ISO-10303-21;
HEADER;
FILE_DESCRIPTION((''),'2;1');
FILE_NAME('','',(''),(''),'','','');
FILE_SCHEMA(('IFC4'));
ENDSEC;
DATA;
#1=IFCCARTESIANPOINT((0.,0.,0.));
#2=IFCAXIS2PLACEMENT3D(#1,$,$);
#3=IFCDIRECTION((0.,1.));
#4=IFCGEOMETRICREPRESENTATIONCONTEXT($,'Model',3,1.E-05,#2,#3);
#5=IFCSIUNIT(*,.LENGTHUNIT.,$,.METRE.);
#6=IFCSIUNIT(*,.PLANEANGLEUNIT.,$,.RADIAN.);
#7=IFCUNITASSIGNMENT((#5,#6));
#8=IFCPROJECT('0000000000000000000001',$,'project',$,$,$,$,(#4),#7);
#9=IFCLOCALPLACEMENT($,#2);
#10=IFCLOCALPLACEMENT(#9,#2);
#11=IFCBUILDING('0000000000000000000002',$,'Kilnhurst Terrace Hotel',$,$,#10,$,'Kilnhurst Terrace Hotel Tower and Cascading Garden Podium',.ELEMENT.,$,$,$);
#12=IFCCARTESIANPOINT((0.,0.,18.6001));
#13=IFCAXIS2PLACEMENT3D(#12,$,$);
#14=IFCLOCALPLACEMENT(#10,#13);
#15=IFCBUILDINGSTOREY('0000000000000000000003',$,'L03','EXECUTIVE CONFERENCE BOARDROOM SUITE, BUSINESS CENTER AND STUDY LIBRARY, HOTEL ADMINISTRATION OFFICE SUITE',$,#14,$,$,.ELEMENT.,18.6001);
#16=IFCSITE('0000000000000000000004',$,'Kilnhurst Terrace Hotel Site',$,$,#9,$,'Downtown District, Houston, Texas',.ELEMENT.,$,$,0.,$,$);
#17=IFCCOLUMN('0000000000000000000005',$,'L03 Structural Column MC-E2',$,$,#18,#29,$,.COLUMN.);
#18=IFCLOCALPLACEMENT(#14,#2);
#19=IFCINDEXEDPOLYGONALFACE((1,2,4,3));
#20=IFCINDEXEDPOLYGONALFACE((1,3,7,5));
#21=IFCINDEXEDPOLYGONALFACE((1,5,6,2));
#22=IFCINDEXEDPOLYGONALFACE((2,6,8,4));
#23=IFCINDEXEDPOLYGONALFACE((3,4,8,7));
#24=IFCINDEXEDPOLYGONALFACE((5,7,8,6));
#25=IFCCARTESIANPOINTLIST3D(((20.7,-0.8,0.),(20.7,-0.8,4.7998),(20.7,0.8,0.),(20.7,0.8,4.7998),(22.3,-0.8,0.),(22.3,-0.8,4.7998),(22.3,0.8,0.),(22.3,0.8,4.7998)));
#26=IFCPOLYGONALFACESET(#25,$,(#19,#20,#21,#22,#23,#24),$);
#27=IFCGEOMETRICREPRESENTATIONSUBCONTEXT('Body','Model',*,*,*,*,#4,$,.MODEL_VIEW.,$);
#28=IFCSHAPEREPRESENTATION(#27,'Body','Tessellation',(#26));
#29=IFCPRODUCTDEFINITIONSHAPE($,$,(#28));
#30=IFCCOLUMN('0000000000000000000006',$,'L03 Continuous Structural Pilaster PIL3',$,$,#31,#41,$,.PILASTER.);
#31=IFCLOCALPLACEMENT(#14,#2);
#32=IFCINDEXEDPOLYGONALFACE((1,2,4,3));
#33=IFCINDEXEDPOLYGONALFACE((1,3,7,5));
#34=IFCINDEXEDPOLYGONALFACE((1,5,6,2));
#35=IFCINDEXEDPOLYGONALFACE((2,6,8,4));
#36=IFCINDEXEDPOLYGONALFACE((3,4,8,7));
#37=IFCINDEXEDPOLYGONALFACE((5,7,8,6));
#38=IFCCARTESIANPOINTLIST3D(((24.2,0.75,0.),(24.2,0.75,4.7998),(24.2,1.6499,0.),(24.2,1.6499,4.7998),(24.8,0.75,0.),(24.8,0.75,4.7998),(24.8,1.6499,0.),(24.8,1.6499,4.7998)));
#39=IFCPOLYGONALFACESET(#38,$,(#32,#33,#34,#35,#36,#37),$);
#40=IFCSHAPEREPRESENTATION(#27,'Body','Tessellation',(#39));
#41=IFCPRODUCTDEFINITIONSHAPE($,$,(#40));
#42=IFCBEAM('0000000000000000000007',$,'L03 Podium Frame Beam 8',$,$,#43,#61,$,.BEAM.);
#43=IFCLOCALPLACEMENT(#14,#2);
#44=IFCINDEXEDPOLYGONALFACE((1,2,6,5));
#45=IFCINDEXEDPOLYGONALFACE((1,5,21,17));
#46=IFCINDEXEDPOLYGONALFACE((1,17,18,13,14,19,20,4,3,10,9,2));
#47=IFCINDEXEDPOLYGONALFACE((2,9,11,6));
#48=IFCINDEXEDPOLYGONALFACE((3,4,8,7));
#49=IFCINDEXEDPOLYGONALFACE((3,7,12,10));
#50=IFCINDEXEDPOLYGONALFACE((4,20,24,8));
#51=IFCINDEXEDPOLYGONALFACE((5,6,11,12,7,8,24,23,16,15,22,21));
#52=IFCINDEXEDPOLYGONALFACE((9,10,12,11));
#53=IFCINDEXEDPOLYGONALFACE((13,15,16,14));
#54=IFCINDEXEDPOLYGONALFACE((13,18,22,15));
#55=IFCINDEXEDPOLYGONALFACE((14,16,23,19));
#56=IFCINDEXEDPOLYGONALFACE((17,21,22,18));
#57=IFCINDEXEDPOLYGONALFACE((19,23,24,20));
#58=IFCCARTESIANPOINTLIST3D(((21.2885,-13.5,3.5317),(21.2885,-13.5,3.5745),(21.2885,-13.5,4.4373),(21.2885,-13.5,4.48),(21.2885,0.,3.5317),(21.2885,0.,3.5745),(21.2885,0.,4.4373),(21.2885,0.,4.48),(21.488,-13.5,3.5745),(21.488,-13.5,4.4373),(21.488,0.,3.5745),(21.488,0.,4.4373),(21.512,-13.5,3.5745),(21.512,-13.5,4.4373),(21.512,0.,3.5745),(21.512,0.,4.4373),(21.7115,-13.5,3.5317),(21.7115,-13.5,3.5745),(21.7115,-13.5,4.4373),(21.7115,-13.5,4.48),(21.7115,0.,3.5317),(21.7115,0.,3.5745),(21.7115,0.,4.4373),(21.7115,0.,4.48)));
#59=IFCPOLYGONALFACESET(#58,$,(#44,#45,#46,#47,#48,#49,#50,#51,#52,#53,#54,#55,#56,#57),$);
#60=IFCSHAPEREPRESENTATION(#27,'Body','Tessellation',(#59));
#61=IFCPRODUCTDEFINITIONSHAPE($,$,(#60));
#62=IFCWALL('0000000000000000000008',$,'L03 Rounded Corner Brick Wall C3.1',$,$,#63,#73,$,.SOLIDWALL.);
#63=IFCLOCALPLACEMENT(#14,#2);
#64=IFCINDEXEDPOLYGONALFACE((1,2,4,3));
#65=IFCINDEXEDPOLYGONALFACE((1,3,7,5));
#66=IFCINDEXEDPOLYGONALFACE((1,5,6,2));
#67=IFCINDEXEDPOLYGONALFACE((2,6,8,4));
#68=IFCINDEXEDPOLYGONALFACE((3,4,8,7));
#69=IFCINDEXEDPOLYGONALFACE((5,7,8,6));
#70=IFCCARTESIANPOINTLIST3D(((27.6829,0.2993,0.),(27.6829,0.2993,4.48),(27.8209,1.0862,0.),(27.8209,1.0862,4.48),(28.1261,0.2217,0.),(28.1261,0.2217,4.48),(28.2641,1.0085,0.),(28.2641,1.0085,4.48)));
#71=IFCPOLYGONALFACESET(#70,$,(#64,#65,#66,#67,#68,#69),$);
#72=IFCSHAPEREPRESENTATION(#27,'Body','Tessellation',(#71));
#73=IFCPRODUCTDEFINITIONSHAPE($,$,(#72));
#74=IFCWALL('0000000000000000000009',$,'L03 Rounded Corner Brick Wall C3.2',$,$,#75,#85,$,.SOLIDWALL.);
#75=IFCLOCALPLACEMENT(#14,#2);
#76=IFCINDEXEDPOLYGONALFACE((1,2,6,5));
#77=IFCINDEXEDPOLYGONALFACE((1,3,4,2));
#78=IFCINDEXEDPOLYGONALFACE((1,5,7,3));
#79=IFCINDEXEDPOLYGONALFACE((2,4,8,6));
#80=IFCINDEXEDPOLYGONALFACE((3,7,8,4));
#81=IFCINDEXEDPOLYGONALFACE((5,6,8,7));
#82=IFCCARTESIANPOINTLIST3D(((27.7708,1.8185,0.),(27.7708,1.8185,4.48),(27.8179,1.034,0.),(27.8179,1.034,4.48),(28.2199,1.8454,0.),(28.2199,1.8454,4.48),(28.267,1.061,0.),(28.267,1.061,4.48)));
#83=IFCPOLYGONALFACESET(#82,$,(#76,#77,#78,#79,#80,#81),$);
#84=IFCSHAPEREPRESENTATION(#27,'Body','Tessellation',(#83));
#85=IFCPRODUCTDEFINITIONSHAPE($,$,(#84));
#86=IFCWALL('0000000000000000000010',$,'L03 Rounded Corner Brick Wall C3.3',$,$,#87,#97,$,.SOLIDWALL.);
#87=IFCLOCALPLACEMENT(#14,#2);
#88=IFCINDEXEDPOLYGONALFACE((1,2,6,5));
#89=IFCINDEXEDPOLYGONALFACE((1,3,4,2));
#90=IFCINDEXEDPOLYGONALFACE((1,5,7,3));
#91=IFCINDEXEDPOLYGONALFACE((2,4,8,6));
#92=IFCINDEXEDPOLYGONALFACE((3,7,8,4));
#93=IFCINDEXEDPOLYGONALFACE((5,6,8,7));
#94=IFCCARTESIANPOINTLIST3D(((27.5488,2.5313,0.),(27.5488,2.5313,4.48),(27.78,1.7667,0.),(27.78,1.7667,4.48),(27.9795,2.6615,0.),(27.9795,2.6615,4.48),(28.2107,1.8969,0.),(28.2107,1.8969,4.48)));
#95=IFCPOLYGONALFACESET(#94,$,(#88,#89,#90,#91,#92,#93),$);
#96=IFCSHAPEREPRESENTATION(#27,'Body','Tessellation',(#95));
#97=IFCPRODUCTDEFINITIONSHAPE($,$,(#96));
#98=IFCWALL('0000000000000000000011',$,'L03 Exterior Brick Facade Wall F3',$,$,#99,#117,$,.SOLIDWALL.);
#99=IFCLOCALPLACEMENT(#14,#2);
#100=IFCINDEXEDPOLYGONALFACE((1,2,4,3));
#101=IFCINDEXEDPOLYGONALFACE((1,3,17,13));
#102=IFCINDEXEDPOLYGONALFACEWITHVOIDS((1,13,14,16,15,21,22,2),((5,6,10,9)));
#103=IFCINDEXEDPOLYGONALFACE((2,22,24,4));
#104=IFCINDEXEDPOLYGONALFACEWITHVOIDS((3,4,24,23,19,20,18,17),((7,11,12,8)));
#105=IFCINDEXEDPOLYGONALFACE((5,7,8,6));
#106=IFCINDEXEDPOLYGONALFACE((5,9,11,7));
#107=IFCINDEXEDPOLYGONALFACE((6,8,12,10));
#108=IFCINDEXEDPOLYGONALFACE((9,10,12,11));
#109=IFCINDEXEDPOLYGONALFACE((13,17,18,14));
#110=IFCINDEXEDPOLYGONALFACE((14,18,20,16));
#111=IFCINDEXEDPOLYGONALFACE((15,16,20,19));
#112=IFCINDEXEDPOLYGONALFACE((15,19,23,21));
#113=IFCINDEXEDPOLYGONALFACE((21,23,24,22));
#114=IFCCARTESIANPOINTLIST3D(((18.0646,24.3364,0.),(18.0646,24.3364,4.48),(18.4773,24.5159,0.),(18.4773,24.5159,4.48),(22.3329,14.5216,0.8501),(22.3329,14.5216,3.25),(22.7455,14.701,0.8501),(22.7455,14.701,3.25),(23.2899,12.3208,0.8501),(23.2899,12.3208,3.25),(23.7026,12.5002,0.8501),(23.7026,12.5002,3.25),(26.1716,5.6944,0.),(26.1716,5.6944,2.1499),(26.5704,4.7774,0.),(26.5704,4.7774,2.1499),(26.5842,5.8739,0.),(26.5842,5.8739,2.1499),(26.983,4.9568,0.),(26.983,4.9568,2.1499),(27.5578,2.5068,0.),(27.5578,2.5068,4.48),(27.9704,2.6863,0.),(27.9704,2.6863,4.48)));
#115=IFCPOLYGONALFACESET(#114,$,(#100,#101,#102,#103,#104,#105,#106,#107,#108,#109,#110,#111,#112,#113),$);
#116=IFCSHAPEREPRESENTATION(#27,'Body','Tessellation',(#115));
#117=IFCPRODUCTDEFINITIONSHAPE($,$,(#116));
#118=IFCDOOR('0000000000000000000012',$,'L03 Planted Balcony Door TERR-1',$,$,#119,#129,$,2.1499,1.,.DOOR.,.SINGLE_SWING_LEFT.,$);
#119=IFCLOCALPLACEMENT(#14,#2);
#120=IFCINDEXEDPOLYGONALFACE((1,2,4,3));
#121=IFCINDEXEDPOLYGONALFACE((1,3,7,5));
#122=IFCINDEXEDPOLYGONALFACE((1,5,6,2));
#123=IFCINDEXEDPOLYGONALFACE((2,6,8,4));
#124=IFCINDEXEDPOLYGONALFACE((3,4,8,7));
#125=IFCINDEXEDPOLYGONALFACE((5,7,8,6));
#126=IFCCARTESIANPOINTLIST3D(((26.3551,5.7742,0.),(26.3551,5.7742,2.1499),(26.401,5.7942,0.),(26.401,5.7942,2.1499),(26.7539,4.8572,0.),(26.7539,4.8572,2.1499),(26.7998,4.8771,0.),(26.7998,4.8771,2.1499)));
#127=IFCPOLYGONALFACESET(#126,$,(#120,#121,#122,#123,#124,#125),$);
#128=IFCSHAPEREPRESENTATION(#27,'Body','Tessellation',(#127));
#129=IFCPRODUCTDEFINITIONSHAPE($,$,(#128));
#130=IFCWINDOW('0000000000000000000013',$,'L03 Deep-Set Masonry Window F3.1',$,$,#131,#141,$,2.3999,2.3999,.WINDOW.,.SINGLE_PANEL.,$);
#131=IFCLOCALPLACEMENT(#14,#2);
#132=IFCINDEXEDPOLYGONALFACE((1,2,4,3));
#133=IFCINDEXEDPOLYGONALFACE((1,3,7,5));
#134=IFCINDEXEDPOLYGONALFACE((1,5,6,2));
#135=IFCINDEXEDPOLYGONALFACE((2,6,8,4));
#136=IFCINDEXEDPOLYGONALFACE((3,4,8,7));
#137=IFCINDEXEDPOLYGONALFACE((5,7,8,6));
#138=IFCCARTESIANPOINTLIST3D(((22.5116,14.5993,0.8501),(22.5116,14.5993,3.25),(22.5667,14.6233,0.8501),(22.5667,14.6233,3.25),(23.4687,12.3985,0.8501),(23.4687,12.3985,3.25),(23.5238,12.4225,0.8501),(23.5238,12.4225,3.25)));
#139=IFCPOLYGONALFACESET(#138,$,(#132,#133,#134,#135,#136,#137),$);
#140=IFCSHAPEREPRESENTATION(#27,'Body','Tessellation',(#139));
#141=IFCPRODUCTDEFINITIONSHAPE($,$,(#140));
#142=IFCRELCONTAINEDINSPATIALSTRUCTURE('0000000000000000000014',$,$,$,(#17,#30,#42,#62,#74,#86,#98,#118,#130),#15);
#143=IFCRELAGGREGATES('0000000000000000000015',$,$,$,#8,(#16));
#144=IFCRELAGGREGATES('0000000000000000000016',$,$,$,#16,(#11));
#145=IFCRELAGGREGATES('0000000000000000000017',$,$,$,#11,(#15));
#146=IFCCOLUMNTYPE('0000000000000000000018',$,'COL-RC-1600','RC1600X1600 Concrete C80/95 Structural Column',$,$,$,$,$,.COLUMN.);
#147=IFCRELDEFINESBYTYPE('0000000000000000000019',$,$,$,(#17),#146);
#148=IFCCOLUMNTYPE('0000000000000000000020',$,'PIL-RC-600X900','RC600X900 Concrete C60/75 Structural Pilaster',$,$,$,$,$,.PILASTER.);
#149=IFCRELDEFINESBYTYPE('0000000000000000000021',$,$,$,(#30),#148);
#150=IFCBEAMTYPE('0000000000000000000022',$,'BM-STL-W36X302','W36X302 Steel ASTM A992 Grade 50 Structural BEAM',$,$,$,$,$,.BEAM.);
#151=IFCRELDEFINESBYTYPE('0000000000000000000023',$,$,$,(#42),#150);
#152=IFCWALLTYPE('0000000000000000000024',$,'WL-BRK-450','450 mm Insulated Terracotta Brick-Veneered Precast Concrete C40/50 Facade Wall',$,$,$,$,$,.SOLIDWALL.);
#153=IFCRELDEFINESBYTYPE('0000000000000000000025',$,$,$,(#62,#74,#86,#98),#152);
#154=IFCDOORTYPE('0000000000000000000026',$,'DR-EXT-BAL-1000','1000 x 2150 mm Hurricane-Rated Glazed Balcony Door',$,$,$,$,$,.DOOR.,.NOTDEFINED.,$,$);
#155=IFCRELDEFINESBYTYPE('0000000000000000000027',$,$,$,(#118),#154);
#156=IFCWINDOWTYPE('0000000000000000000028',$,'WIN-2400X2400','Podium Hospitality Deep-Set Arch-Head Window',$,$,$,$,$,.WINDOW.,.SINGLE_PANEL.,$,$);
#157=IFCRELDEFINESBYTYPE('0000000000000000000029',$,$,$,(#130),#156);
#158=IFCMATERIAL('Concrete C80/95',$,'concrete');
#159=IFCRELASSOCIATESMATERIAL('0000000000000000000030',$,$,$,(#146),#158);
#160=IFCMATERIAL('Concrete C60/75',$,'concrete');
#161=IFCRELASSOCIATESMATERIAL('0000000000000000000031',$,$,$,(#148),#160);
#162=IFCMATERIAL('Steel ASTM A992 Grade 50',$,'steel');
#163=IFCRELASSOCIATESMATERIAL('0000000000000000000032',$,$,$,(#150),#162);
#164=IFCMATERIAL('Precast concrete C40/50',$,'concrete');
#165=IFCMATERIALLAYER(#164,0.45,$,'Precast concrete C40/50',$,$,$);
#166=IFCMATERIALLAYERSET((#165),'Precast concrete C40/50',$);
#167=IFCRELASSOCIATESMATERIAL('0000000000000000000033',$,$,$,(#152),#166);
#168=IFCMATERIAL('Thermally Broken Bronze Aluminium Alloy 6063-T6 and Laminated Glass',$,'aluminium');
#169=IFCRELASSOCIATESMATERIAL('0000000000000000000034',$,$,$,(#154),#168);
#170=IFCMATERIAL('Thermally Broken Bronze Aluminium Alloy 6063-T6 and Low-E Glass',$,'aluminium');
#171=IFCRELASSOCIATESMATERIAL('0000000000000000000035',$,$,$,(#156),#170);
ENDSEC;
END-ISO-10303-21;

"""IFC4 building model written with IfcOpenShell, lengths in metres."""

from ifc_helpers import new_model, si_unit, direction, frame, frame_2d, origin, origin_2d, place, context, subcontext, project, spatial, rectangle, i_section, extrude, material, layer, layer_set, material_profile, profile_set, type_object, element, fill, save


model = new_model("IFC4")

# Units and contexts
model_context = context("Model", 3, precision=1e-05, world=origin(), true_north=direction((0.0, 1.0)))
body_context = subcontext(model_context, "Body", "Model", "MODEL_VIEW")
ifc_project = project(units=[si_unit("LENGTHUNIT", "METRE"), si_unit("PLANEANGLEUNIT", "RADIAN")], contexts=[model_context])

# Site, building, storey
site_placement = place(None, origin())
site = spatial("IfcSite", under=ifc_project, at=site_placement, Name="Kilnhurst Terrace Hotel Site", LongName="Downtown District, Houston, Texas", CompositionType="ELEMENT", RefElevation=0.0)
building_placement = place(site_placement, origin())
building = spatial("IfcBuilding", under=site, at=building_placement, Name="Kilnhurst Terrace Hotel", LongName="Kilnhurst Terrace Hotel Tower and Cascading Garden Podium", CompositionType="ELEMENT")
storey_placement = place(building_placement, frame((0.0, 0.0, 18.6001)))
storey = spatial("IfcBuildingStorey", under=building, at=storey_placement, Name="L03", Description="EXECUTIVE CONFERENCE BOARDROOM SUITE, BUSINESS CENTER AND STUDY LIBRARY, HOTEL ADMINISTRATION OFFICE SUITE", CompositionType="ELEMENT", Elevation=18.6001)

# Columns
ifc_material_1 = material(Name="Concrete C80/95", Category="concrete")
ifc_material_profile_1 = material_profile(ifc_material_1, rectangle(XDim=1.6001, YDim=1.6001, at=origin_2d()), Name="RC1600X1600")
ifc_profile_set_1 = profile_set([ifc_material_profile_1], Name="Concrete C80/95")
column_type_1 = type_object("IfcColumnType", Name="COL-RC-1600", Description="RC1600X1600 Concrete C80/95 Structural Column", PredefinedType="COLUMN", material=ifc_profile_set_1)
column_1_placement = place(storey_placement, frame((21.5, 0.0, 0.0), z_axis=(0.0, 0.0, 1.0), x_axis=(1.0, 0.0, 0.0)))
element("IfcColumn", 1, at=column_1_placement, inside=storey, type_object=column_type_1, Name="L03 Structural Column MC-E2", PredefinedType="COLUMN", context=body_context, shape_type="SweptSolid", body=[
    extrude(rectangle(XDim=1.6001, YDim=1.6001, at=origin_2d()), origin(), (0.0, 0.0, 1.0), 4.7998),
])
ifc_material_2 = material(Name="Concrete C60/75", Category="concrete")
ifc_material_profile_2 = material_profile(ifc_material_2, rectangle(XDim=0.6001, YDim=0.8999, at=origin_2d()), Name="RC600X900")
ifc_profile_set_2 = profile_set([ifc_material_profile_2], Name="Concrete C60/75")
column_type_2 = type_object("IfcColumnType", Name="PIL-RC-600X900", Description="RC600X900 Concrete C60/75 Structural Pilaster", PredefinedType="PILASTER", material=ifc_profile_set_2)
column_2_placement = place(storey_placement, frame((24.5, 1.2, 0.0), z_axis=(0.0, 0.0, 1.0), x_axis=(1.0, 0.0, 0.0)))
element("IfcColumn", 2, at=column_2_placement, inside=storey, type_object=column_type_2, Name="L03 Continuous Structural Pilaster PIL3", PredefinedType="PILASTER", context=body_context, shape_type="SweptSolid", body=[
    extrude(rectangle(XDim=0.6001, YDim=0.8999, at=origin_2d()), origin(), (0.0, 0.0, 1.0), 4.7998),
])

# Beam
ifc_material_3 = material(Name="Steel ASTM A992 Grade 50", Category="steel")
ifc_material_profile_3 = material_profile(ifc_material_3, i_section(OverallWidth=0.4231, OverallDepth=0.9482, WebThickness=0.0239, FlangeThickness=0.0427, at=origin_2d()), Name="W36X302")
ifc_profile_set_3 = profile_set([ifc_material_profile_3], Name="Steel ASTM A992 Grade 50")
beam_type = type_object("IfcBeamType", Name="BM-STL-W36X302", Description="W36X302 Steel ASTM A992 Grade 50 Structural BEAM", PredefinedType="BEAM", material=ifc_profile_set_3)
beam_placement = place(storey_placement, frame((21.5, 0.0, 4.0059), z_axis=(0.0, -1.0, 0.0), x_axis=(1.0, 0.0, 0.0)))
element("IfcBeam", 3, at=beam_placement, inside=storey, type_object=beam_type, Name="L03 Podium Frame Beam 8", PredefinedType="BEAM", context=body_context, shape_type="SweptSolid", body=[
    extrude(i_section(OverallWidth=0.4231, OverallDepth=0.9482, WebThickness=0.0239, FlangeThickness=0.0427, at=origin_2d()), origin(), (0.0, 0.0, 1.0), 13.5),
])

# Walls
ifc_material_4 = material(Name="Precast concrete C40/50", Category="concrete")
ifc_layer_1 = layer(ifc_material_4, 0.45, Name="Precast concrete C40/50")
ifc_layer_set_1 = layer_set([ifc_layer_1], Name="Precast concrete C40/50")
wall_type = type_object("IfcWallType", Name="WL-BRK-450", Description="450 mm Insulated Terracotta Brick-Veneered Precast Concrete C40/50 Facade Wall", PredefinedType="SOLIDWALL", material=ifc_layer_set_1)
wall_1_placement = place(storey_placement, frame((27.9045, 0.2605, 0.0), z_axis=(0.0, 0.0, 1.0), x_axis=(0.172669, 0.98498, 0.0)))
element("IfcWall", 4, at=wall_1_placement, inside=storey, type_object=wall_type, Name="L03 Rounded Corner Brick Wall C3.1", PredefinedType="SOLIDWALL", context=body_context, shape_type="SweptSolid", body=[
    extrude(rectangle(XDim=0.7988, YDim=0.45, at=frame_2d((0.3994, 0.0))), origin(), (0.0, 0.0, 1.0), 4.48),
])
wall_2_placement = place(storey_placement, frame((28.0425, 1.0474, 0.0), z_axis=(0.0, 0.0, 1.0), x_axis=(-0.05996, 0.998201, 0.0)))
element("IfcWall", 5, at=wall_2_placement, inside=storey, type_object=wall_type, Name="L03 Rounded Corner Brick Wall C3.2", PredefinedType="SOLIDWALL", context=body_context, shape_type="SweptSolid", body=[
    extrude(rectangle(XDim=0.7859, YDim=0.45, at=frame_2d((0.3931, 0.0))), origin(), (0.0, 0.0, 1.0), 4.48),
])
wall_3_placement = place(storey_placement, frame((27.9954, 1.8318, 0.0), z_axis=(0.0, 0.0, 1.0), x_axis=(-0.289422, 0.957202, 0.0)))
element("IfcWall", 6, at=wall_3_placement, inside=storey, type_object=wall_type, Name="L03 Rounded Corner Brick Wall C3.3", PredefinedType="SOLIDWALL", context=body_context, shape_type="SweptSolid", body=[
    extrude(rectangle(XDim=0.7988, YDim=0.45, at=frame_2d((0.3994, 0.0))), origin(), (0.0, 0.0, 1.0), 4.48),
])

# Wall, openings, door, window
wall_4_placement = place(storey_placement, frame((27.7642, 2.5964, 0.0), z_axis=(0.0, 0.0, 1.0), x_axis=(-0.398798, 0.917039, 0.0)))
wall_4 = element("IfcWall", 7, at=wall_4_placement, inside=storey, type_object=wall_type, Name="L03 Exterior Brick Facade Wall F3", PredefinedType="SOLIDWALL", context=body_context, shape_type="SweptSolid", body=[
    extrude(rectangle(XDim=23.8044, YDim=0.45, at=frame_2d((11.9023, 0.0))), origin(), (0.0, 0.0, 1.0), 4.48),
])
opening_1_placement = place(wall_4_placement, frame((2.4761, 0.0, 0.0)))
opening_1 = element("IfcOpeningElement", 8, at=opening_1_placement, cuts=wall_4, PredefinedType="OPENING", context=body_context, shape_type="SweptSolid", body=[
    extrude(rectangle(XDim=1.0, YDim=2.1499, at=frame_2d((0.5, 1.075))), frame((0.0, 0.2349, 0.0), z_axis=(0.0, -1.0, 0.0), x_axis=(1.0, 0.0, 0.0)), (0.0, 0.0, 1.0), 0.47),
])
opening_2_placement = place(wall_4_placement, frame((10.7019, 0.0, 0.8501)))
opening_2 = element("IfcOpeningElement", 9, at=opening_2_placement, cuts=wall_4, PredefinedType="OPENING", context=body_context, shape_type="SweptSolid", body=[
    extrude(rectangle(XDim=2.3999, YDim=2.3999, at=frame_2d((1.2, 1.2))), frame((0.0, 0.2349, 0.0), z_axis=(0.0, -1.0, 0.0), x_axis=(1.0, 0.0, 0.0)), (0.0, 0.0, 1.0), 0.47),
])
ifc_material_5 = material(Name="Thermally Broken Bronze Aluminium Alloy 6063-T6 and Laminated Glass", Category="aluminium")
door_type = type_object("IfcDoorType", Name="DR-EXT-BAL-1000", Description="1000 x 2150 mm Hurricane-Rated Glazed Balcony Door", OperationType="NOTDEFINED", PredefinedType="DOOR", material=ifc_material_5)
door_placement = place(opening_1_placement, origin())
door = element("IfcDoor", 10, at=door_placement, inside=storey, type_object=door_type, Name="L03 Planted Balcony Door TERR-1", OperationType="SINGLE_SWING_LEFT", OverallHeight=2.1499, OverallWidth=1.0, PredefinedType="DOOR", context=body_context, shape_type="SweptSolid", body=[
    extrude(rectangle(XDim=1.0, YDim=2.1499, at=frame_2d((0.5, 1.075))), frame((0.0, 0.0249, 0.0), z_axis=(0.0, -1.0, 0.0), x_axis=(1.0, 0.0, 0.0)), (0.0, 0.0, 1.0), 0.05),
])
fill(opening_1, door)
ifc_material_6 = material(Name="Thermally Broken Bronze Aluminium Alloy 6063-T6 and Low-E Glass", Category="aluminium")
window_type = type_object("IfcWindowType", Name="WIN-2400X2400", Description="Podium Hospitality Deep-Set Arch-Head Window", PartitioningType="SINGLE_PANEL", PredefinedType="WINDOW", material=ifc_material_6)
window_placement = place(opening_2_placement, origin())
window = element("IfcWindow", 11, at=window_placement, inside=storey, type_object=window_type, Name="L03 Deep-Set Masonry Window F3.1", OverallHeight=2.3999, OverallWidth=2.3999, PartitioningType="SINGLE_PANEL", PredefinedType="WINDOW", context=body_context, shape_type="SweptSolid", body=[
    extrude(rectangle(XDim=2.3999, YDim=2.3999, at=frame_2d((1.2, 1.2))), frame((0.0, 0.03, 0.0), z_axis=(0.0, -1.0, 0.0), x_axis=(1.0, 0.0, 0.0)), (0.0, 0.0, 1.0), 0.0601),
])
fill(opening_2, window)

save(model, "model.ifc")
